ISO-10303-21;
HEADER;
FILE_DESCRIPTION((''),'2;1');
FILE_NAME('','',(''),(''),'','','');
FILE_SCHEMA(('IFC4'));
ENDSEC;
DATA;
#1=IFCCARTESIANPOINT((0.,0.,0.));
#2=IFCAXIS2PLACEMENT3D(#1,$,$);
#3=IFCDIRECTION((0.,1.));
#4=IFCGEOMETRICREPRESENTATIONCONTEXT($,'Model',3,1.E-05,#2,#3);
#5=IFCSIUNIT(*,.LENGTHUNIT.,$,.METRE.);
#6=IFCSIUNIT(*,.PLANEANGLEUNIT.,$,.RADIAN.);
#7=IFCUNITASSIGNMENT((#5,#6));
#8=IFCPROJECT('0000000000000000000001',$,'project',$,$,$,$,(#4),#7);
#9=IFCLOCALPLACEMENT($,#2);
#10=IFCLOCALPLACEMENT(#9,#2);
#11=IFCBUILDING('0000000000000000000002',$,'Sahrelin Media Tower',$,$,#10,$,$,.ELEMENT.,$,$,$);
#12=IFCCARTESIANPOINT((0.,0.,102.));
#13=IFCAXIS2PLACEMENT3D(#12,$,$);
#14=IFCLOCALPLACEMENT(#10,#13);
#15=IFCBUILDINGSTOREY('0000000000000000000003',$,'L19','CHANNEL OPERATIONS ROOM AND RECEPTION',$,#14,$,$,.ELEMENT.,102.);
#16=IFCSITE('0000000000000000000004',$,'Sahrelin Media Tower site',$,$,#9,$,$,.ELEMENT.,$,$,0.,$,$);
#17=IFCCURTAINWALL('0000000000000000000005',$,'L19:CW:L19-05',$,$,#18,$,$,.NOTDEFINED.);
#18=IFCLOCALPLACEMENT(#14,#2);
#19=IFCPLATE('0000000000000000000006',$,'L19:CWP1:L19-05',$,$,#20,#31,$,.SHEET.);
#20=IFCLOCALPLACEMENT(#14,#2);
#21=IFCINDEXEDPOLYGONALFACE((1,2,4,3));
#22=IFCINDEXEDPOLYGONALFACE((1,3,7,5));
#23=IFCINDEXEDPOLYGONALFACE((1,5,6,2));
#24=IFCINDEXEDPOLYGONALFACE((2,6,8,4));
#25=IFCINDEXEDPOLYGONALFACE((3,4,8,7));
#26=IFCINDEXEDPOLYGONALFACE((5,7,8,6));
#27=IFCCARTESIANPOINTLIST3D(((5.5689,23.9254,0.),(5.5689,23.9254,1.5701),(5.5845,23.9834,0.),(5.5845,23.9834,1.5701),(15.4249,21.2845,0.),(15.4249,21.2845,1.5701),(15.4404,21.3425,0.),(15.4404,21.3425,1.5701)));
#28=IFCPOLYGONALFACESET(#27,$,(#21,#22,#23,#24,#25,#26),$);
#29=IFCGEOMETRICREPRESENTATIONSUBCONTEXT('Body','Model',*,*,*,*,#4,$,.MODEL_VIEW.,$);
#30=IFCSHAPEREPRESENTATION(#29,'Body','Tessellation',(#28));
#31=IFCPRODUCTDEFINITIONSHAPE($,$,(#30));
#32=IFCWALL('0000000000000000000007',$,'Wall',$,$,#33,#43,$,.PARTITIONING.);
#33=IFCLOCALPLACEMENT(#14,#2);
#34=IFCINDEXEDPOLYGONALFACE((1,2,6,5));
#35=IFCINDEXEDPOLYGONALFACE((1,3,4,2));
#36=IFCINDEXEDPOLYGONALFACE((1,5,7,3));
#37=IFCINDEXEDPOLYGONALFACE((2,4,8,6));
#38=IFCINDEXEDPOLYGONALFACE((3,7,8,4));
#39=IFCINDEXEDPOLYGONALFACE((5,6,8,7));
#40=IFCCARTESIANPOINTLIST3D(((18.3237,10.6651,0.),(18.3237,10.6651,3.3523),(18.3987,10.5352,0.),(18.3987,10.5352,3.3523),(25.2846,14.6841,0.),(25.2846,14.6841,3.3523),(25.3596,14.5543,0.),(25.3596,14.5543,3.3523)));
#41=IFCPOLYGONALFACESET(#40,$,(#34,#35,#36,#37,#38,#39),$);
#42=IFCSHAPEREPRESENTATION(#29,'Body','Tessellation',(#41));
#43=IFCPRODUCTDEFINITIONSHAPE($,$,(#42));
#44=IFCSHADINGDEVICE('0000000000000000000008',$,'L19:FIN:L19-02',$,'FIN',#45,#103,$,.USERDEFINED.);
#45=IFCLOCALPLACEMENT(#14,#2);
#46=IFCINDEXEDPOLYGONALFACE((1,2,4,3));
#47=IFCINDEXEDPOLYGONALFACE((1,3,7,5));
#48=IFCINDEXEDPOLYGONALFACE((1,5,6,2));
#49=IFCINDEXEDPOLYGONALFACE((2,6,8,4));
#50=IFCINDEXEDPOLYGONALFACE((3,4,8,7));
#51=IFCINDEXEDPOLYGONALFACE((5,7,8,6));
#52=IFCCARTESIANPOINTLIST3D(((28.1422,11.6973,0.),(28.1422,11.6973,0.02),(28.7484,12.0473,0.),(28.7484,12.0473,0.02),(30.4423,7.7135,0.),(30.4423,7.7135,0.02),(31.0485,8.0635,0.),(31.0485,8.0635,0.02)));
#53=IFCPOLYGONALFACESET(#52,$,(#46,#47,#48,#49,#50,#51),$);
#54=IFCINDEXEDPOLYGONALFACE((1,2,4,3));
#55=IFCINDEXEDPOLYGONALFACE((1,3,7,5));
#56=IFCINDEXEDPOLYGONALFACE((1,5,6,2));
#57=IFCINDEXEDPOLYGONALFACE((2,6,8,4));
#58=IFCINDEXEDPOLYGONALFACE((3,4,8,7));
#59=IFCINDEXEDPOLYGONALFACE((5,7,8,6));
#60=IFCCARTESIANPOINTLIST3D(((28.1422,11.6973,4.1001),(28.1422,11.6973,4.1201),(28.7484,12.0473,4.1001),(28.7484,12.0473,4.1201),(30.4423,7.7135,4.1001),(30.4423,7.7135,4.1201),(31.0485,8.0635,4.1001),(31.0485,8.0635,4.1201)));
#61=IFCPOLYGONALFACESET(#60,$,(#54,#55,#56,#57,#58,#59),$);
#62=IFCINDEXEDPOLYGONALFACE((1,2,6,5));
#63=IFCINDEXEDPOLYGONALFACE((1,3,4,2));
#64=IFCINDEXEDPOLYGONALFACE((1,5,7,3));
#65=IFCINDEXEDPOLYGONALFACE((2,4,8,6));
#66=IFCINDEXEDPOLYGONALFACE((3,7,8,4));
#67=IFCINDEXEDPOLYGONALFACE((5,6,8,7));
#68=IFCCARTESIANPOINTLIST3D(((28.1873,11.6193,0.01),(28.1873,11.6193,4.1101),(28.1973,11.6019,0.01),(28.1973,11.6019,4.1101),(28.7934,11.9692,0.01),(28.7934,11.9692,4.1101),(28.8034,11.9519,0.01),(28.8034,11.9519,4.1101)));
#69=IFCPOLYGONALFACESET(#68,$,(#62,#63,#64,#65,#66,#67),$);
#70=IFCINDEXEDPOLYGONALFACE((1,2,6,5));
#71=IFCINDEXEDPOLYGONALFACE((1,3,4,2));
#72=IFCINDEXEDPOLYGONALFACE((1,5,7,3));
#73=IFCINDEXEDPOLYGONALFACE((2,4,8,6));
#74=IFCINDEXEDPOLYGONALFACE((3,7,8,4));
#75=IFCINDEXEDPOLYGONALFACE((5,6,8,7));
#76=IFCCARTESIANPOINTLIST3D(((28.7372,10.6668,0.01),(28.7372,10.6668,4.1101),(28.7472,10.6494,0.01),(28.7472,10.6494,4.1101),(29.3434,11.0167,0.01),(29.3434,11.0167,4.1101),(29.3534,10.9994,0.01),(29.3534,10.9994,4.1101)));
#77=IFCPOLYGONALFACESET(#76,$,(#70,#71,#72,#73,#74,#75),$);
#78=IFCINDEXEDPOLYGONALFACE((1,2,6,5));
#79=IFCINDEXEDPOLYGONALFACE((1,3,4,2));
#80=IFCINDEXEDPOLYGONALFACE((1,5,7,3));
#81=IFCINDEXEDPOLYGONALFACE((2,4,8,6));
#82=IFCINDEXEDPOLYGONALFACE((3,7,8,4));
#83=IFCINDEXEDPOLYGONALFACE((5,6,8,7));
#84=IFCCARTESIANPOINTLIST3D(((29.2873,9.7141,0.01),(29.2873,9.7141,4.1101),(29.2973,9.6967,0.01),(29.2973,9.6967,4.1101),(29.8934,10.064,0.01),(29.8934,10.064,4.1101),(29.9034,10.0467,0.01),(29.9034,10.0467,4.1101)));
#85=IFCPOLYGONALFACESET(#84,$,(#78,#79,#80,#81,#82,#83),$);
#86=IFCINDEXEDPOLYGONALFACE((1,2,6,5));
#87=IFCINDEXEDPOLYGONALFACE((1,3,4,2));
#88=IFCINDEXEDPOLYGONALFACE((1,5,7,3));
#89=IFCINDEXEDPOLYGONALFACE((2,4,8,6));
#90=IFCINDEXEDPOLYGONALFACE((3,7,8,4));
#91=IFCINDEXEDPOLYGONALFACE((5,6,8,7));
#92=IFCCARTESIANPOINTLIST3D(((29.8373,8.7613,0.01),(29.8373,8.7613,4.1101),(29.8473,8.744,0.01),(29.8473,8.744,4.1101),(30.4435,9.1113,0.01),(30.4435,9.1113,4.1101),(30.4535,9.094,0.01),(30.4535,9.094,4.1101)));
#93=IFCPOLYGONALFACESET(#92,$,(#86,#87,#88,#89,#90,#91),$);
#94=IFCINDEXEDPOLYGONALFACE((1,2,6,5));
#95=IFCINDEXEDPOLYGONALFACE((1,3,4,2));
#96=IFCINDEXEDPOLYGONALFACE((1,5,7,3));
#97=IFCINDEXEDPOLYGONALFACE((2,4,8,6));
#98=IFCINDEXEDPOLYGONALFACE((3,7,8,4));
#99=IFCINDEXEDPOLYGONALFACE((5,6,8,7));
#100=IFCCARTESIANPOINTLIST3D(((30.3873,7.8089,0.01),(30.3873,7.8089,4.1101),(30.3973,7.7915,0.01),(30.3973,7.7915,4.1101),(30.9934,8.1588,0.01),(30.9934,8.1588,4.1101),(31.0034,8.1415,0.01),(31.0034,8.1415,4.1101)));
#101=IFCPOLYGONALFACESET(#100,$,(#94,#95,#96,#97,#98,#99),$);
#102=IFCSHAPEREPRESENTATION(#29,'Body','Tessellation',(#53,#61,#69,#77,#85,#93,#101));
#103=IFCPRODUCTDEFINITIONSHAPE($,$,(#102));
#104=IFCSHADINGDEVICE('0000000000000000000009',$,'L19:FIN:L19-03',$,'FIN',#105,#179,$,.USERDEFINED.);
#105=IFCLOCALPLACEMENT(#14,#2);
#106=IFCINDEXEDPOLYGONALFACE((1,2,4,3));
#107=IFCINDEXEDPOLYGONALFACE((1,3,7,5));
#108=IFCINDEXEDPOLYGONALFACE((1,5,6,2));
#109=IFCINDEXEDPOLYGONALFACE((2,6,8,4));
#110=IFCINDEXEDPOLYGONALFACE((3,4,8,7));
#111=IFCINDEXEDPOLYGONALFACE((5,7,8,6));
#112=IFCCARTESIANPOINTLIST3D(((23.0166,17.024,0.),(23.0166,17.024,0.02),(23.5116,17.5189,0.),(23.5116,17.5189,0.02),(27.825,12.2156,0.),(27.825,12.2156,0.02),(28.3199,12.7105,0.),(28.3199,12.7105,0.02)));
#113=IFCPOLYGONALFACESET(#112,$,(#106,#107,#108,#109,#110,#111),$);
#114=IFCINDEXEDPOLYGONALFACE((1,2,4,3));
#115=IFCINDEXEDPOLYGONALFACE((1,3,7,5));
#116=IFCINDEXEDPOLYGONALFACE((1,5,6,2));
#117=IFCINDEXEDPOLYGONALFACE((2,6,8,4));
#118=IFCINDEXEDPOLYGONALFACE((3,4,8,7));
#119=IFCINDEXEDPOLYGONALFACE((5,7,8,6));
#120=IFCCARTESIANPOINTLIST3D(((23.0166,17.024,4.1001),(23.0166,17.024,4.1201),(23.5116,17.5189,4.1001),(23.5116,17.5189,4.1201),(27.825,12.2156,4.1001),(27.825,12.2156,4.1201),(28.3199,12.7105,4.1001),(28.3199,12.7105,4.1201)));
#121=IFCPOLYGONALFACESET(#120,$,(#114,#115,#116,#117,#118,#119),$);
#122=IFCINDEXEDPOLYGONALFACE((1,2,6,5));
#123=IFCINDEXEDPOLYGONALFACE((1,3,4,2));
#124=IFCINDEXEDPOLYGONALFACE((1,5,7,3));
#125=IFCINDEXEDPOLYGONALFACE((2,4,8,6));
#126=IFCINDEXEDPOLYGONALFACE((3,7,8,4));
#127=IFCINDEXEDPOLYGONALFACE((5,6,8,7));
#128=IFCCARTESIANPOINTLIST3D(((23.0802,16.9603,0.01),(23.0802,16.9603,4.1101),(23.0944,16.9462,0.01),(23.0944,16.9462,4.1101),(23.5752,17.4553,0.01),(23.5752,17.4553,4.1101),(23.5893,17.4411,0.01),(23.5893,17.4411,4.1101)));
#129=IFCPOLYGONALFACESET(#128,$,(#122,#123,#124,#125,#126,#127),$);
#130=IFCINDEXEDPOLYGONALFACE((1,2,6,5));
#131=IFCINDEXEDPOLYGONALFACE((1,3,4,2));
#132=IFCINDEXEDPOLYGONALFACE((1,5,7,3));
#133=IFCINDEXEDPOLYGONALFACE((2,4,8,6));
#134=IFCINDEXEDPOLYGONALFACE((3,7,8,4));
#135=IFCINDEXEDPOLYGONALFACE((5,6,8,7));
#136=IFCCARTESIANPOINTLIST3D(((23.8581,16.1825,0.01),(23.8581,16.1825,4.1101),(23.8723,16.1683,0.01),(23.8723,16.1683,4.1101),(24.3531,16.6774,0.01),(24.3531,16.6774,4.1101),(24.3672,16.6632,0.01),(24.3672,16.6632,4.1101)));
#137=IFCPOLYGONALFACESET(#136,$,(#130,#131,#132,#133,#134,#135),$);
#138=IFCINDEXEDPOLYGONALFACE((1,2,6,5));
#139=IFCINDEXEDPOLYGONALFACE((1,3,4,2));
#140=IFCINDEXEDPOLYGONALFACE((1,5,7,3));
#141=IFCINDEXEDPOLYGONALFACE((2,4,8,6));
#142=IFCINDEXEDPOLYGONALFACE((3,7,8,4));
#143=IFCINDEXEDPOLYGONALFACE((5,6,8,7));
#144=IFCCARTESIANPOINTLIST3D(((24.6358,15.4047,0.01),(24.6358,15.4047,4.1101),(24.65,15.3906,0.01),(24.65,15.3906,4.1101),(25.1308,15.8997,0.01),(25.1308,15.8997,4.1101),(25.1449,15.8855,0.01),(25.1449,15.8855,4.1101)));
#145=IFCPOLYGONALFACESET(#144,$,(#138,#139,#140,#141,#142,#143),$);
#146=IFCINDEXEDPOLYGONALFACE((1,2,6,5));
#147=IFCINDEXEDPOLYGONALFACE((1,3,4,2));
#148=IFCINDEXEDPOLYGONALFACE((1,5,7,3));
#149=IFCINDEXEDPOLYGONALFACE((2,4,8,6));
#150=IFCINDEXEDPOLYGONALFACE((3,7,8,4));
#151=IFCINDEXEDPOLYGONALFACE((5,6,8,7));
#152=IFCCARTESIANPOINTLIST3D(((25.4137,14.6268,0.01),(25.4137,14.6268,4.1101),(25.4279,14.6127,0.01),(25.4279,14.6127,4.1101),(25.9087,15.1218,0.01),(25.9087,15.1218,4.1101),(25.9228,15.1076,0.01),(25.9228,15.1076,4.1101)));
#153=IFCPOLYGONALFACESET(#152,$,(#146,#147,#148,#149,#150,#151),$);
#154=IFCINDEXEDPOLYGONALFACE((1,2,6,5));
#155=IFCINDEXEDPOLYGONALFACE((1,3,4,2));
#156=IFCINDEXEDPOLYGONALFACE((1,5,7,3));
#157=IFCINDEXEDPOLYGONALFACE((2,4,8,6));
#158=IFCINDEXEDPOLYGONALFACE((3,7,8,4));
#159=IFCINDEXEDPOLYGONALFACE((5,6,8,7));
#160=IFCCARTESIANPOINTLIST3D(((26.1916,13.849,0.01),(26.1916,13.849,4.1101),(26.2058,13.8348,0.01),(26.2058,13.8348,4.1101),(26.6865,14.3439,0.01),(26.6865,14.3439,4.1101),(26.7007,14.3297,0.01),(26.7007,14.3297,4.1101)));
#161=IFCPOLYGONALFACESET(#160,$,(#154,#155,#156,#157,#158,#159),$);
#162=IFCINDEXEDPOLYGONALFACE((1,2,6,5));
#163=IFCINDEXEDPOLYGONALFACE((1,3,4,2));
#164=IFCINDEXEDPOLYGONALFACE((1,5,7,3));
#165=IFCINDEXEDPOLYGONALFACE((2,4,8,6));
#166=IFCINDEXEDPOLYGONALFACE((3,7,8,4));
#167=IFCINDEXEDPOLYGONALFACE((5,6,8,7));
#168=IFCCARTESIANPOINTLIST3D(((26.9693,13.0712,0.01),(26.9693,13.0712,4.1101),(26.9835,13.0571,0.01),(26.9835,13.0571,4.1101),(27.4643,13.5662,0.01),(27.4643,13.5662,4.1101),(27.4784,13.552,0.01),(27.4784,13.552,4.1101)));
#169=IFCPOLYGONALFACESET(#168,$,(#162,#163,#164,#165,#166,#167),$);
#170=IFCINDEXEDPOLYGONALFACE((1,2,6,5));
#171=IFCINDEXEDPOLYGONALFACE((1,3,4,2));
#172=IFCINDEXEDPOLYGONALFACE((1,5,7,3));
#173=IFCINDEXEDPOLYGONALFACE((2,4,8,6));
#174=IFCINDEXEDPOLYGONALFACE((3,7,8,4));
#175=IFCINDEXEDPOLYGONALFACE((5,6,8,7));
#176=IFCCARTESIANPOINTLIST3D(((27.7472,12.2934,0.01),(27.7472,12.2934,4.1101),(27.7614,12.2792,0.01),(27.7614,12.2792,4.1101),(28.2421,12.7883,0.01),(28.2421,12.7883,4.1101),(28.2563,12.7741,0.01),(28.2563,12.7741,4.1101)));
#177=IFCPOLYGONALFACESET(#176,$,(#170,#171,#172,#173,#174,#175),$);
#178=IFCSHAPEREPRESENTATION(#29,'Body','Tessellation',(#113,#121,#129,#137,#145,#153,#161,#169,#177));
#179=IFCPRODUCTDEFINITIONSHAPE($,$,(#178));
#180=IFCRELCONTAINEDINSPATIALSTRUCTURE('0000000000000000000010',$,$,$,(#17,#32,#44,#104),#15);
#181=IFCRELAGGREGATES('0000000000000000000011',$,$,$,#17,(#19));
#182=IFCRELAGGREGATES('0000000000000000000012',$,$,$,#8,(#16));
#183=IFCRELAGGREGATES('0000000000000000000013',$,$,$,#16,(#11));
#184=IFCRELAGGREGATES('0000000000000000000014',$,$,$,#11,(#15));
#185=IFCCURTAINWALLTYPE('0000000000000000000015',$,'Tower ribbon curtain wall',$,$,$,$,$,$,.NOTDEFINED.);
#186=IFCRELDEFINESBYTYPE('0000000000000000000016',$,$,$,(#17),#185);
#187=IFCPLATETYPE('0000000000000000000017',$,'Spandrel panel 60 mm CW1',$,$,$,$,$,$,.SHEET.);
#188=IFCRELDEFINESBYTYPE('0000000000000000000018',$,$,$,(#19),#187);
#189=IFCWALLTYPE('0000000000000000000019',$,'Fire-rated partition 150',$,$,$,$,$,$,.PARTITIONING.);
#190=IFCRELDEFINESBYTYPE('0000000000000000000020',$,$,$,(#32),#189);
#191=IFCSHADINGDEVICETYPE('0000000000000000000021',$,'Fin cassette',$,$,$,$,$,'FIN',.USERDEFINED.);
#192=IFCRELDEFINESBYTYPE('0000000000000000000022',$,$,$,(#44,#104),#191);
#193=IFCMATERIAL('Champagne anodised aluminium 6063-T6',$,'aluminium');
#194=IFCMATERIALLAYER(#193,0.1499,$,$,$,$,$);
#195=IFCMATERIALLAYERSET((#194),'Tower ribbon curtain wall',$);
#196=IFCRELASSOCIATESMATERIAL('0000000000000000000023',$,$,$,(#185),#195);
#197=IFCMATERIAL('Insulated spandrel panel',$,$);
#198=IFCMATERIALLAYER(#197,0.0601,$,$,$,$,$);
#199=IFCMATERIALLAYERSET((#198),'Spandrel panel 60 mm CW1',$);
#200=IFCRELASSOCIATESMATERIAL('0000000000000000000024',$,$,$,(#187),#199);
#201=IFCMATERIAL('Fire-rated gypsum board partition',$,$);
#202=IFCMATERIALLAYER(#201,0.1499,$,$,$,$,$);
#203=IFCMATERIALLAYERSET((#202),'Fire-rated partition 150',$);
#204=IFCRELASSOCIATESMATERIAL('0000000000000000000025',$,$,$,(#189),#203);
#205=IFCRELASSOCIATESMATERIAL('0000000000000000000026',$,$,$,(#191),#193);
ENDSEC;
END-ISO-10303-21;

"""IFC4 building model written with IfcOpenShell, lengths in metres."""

from ifc_helpers import new_model, si_unit, direction, frame, frame_2d, origin, origin_2d, place, context, subcontext, project, spatial, polyline, rectangle, outline, extrude, material, layer, layer_set, type_object, element, aggregate, save


model = new_model("IFC4")

# Units and contexts
model_context = context("Model", 3, precision=1e-05, world=origin(), true_north=direction((0.0, 1.0)))
body_context = subcontext(model_context, "Body", "Model", "MODEL_VIEW")
ifc_project = project(units=[si_unit("LENGTHUNIT", "METRE"), si_unit("PLANEANGLEUNIT", "RADIAN")], contexts=[model_context])

# Site, building, storey
site_placement = place(None, origin())
site = spatial("IfcSite", under=ifc_project, at=site_placement, Name="Sahrelin Media Tower site", CompositionType="ELEMENT", RefElevation=0.0)
building_placement = place(site_placement, origin())
building = spatial("IfcBuilding", under=site, at=building_placement, Name="Sahrelin Media Tower", CompositionType="ELEMENT")
storey_placement = place(building_placement, frame((0.0, 0.0, 102.0)))
storey = spatial("IfcBuildingStorey", under=building, at=storey_placement, Name="L19", Description="CHANNEL OPERATIONS ROOM AND RECEPTION", CompositionType="ELEMENT", Elevation=102.0)

# Shared definitions
ifc_material_1 = material(Name="Champagne anodised aluminium 6063-T6", Category="aluminium")
ifc_layer_1 = layer(ifc_material_1, 0.1499)
ifc_layer_set_1 = layer_set([ifc_layer_1], Name="Tower ribbon curtain wall")
curtain_wall_type = type_object("IfcCurtainWallType", Name="Tower ribbon curtain wall", PredefinedType="NOTDEFINED", material=ifc_layer_set_1)

# Curtain wall
curtain_wall_1_placement = place(storey_placement, frame((10.5071, 22.6438, 0.0), z_axis=(0.0, 0.0, 1.0), x_axis=(1.0, 0.0, 0.0)))
curtain_wall_1 = element("IfcCurtainWall", 1, at=curtain_wall_1_placement, inside=storey, type_object=curtain_wall_type, Name="L19:CW:L19-05", PredefinedType="NOTDEFINED")

# Plate
ifc_material_2 = material(Name="Insulated spandrel panel")
ifc_layer_2 = layer(ifc_material_2, 0.0601)
ifc_layer_set_2 = layer_set([ifc_layer_2], Name="Spandrel panel 60 mm CW1")
plate_type_1 = type_object("IfcPlateType", Name="Spandrel panel 60 mm CW1", PredefinedType="SHEET", material=ifc_layer_set_2)
plate_1_placement = place(storey_placement, frame((15.4404, 21.3425, 0.0), z_axis=(0.258817, 0.965926, 0.0), x_axis=(-0.965926, 0.258817, 0.0)))
plate_1 = element("IfcPlate", 2, at=plate_1_placement, type_object=plate_type_1, Name="L19:CWP1:L19-05", PredefinedType="SHEET", context=body_context, shape_type="SweptSolid", body=[
    extrude(outline(polyline([(0.0, 0.0), (10.2036, 0.0), (10.2036, 1.5701), (0.0, 1.5701), (0.0, 0.0)])), origin(), (0.0, 0.0, -1.0), 0.0601),
])
aggregate(curtain_wall_1, [plate_1])

# Wall
ifc_material_3 = material(Name="Fire-rated gypsum board partition")
ifc_layer_3 = layer(ifc_material_3, 0.1499)
ifc_layer_set_3 = layer_set([ifc_layer_3], Name="Fire-rated partition 150")
wall_type = type_object("IfcWallType", Name="Fire-rated partition 150", PredefinedType="PARTITIONING", material=ifc_layer_set_3)
wall_placement = place(storey_placement, frame((18.3611, 10.6001, 0.0), z_axis=(0.0, 0.0, 1.0), x_axis=(0.866018, 0.500013, 0.0)))
element("IfcWall", 3, at=wall_placement, inside=storey, type_object=wall_type, Name="Wall", PredefinedType="PARTITIONING", context=body_context, shape_type="SweptSolid", body=[
    extrude(rectangle(XDim=8.0378, YDim=0.1499, at=frame_2d((4.019, 0.0))), origin(), (0.0, 0.0, 1.0), 3.3523),
])

# Shading devices
shading_device_type_1 = type_object("IfcShadingDeviceType", Name="Fin cassette", ElementType="FIN", PredefinedType="USERDEFINED", material=ifc_material_1)
placement_1 = place(storey_placement, frame((29.2317, 9.6704, 0.0), z_axis=(0.0, 0.0, 1.0), x_axis=(0.500011, -0.866019, 0.0)))
element("IfcShadingDevice", 4, at=placement_1, inside=storey, type_object=shading_device_type_1, Name="L19:FIN:L19-02", ObjectType="FIN", PredefinedType="USERDEFINED", context=body_context, shape_type="SweptSolid", body=[
    extrude(rectangle(XDim=4.6001, YDim=0.7, at=origin_2d()), frame((0.0, 0.4199, 0.0)), (0.0, 0.0, 1.0), 0.02),
    extrude(rectangle(XDim=4.6001, YDim=0.7, at=origin_2d()), frame((0.0, 0.4199, 4.1001)), (0.0, 0.0, 1.0), 0.02),
    extrude(rectangle(XDim=0.02, YDim=0.7, at=origin_2d()), frame((-2.2, 0.4199, 0.01), z_axis=(0.0, 0.0, 1.0), x_axis=(1.0, 0.0, 0.0)), (0.0, 0.0, 1.0), 4.1001),
    extrude(rectangle(XDim=0.02, YDim=0.7, at=origin_2d()), frame((-1.1001, 0.4199, 0.01), z_axis=(0.0, 0.0, 1.0), x_axis=(1.0, 0.0, 0.0)), (0.0, 0.0, 1.0), 4.1001),
    extrude(rectangle(XDim=0.02, YDim=0.7, at=origin_2d()), frame((0.0, 0.4199, 0.01), z_axis=(0.0, 0.0, 1.0), x_axis=(1.0, 0.0, 0.0)), (0.0, 0.0, 1.0), 4.1001),
    extrude(rectangle(XDim=0.02, YDim=0.7, at=origin_2d()), frame((1.1001, 0.4199, 0.01), z_axis=(0.0, 0.0, 1.0), x_axis=(1.0, 0.0, 0.0)), (0.0, 0.0, 1.0), 4.1001),
    extrude(rectangle(XDim=0.02, YDim=0.7, at=origin_2d()), frame((2.2, 0.4199, 0.01), z_axis=(0.0, 0.0, 1.0), x_axis=(1.0, 0.0, 0.0)), (0.0, 0.0, 1.0), 4.1001),
])
placement_2 = place(storey_placement, frame((25.3713, 14.5703, 0.0), z_axis=(0.0, 0.0, 1.0), x_axis=(0.707107, -0.707107, 0.0)))
element("IfcShadingDevice", 5, at=placement_2, inside=storey, type_object=shading_device_type_1, Name="L19:FIN:L19-03", ObjectType="FIN", PredefinedType="USERDEFINED", context=body_context, shape_type="SweptSolid", body=[
    extrude(rectangle(XDim=6.8, YDim=0.7, at=origin_2d()), frame((0.0, 0.4199, 0.0)), (0.0, 0.0, 1.0), 0.02),
    extrude(rectangle(XDim=6.8, YDim=0.7, at=origin_2d()), frame((0.0, 0.4199, 4.1001)), (0.0, 0.0, 1.0), 0.02),
    extrude(rectangle(XDim=0.02, YDim=0.7, at=origin_2d()), frame((-3.3, 0.4199, 0.01), z_axis=(0.0, 0.0, 1.0), x_axis=(1.0, 0.0, 0.0)), (0.0, 0.0, 1.0), 4.1001),
    extrude(rectangle(XDim=0.02, YDim=0.7, at=origin_2d()), frame((-2.2, 0.4199, 0.01), z_axis=(0.0, 0.0, 1.0), x_axis=(1.0, 0.0, 0.0)), (0.0, 0.0, 1.0), 4.1001),
    extrude(rectangle(XDim=0.02, YDim=0.7, at=origin_2d()), frame((-1.1001, 0.4199, 0.01), z_axis=(0.0, 0.0, 1.0), x_axis=(1.0, 0.0, 0.0)), (0.0, 0.0, 1.0), 4.1001),
    extrude(rectangle(XDim=0.02, YDim=0.7, at=origin_2d()), frame((0.0, 0.4199, 0.01), z_axis=(0.0, 0.0, 1.0), x_axis=(1.0, 0.0, 0.0)), (0.0, 0.0, 1.0), 4.1001),
    extrude(rectangle(XDim=0.02, YDim=0.7, at=origin_2d()), frame((1.1001, 0.4199, 0.01), z_axis=(0.0, 0.0, 1.0), x_axis=(1.0, 0.0, 0.0)), (0.0, 0.0, 1.0), 4.1001),
    extrude(rectangle(XDim=0.02, YDim=0.7, at=origin_2d()), frame((2.2, 0.4199, 0.01), z_axis=(0.0, 0.0, 1.0), x_axis=(1.0, 0.0, 0.0)), (0.0, 0.0, 1.0), 4.1001),
    extrude(rectangle(XDim=0.02, YDim=0.7, at=origin_2d()), frame((3.3, 0.4199, 0.01), z_axis=(0.0, 0.0, 1.0), x_axis=(1.0, 0.0, 0.0)), (0.0, 0.0, 1.0), 4.1001),
])

save(model, "model.ifc")
